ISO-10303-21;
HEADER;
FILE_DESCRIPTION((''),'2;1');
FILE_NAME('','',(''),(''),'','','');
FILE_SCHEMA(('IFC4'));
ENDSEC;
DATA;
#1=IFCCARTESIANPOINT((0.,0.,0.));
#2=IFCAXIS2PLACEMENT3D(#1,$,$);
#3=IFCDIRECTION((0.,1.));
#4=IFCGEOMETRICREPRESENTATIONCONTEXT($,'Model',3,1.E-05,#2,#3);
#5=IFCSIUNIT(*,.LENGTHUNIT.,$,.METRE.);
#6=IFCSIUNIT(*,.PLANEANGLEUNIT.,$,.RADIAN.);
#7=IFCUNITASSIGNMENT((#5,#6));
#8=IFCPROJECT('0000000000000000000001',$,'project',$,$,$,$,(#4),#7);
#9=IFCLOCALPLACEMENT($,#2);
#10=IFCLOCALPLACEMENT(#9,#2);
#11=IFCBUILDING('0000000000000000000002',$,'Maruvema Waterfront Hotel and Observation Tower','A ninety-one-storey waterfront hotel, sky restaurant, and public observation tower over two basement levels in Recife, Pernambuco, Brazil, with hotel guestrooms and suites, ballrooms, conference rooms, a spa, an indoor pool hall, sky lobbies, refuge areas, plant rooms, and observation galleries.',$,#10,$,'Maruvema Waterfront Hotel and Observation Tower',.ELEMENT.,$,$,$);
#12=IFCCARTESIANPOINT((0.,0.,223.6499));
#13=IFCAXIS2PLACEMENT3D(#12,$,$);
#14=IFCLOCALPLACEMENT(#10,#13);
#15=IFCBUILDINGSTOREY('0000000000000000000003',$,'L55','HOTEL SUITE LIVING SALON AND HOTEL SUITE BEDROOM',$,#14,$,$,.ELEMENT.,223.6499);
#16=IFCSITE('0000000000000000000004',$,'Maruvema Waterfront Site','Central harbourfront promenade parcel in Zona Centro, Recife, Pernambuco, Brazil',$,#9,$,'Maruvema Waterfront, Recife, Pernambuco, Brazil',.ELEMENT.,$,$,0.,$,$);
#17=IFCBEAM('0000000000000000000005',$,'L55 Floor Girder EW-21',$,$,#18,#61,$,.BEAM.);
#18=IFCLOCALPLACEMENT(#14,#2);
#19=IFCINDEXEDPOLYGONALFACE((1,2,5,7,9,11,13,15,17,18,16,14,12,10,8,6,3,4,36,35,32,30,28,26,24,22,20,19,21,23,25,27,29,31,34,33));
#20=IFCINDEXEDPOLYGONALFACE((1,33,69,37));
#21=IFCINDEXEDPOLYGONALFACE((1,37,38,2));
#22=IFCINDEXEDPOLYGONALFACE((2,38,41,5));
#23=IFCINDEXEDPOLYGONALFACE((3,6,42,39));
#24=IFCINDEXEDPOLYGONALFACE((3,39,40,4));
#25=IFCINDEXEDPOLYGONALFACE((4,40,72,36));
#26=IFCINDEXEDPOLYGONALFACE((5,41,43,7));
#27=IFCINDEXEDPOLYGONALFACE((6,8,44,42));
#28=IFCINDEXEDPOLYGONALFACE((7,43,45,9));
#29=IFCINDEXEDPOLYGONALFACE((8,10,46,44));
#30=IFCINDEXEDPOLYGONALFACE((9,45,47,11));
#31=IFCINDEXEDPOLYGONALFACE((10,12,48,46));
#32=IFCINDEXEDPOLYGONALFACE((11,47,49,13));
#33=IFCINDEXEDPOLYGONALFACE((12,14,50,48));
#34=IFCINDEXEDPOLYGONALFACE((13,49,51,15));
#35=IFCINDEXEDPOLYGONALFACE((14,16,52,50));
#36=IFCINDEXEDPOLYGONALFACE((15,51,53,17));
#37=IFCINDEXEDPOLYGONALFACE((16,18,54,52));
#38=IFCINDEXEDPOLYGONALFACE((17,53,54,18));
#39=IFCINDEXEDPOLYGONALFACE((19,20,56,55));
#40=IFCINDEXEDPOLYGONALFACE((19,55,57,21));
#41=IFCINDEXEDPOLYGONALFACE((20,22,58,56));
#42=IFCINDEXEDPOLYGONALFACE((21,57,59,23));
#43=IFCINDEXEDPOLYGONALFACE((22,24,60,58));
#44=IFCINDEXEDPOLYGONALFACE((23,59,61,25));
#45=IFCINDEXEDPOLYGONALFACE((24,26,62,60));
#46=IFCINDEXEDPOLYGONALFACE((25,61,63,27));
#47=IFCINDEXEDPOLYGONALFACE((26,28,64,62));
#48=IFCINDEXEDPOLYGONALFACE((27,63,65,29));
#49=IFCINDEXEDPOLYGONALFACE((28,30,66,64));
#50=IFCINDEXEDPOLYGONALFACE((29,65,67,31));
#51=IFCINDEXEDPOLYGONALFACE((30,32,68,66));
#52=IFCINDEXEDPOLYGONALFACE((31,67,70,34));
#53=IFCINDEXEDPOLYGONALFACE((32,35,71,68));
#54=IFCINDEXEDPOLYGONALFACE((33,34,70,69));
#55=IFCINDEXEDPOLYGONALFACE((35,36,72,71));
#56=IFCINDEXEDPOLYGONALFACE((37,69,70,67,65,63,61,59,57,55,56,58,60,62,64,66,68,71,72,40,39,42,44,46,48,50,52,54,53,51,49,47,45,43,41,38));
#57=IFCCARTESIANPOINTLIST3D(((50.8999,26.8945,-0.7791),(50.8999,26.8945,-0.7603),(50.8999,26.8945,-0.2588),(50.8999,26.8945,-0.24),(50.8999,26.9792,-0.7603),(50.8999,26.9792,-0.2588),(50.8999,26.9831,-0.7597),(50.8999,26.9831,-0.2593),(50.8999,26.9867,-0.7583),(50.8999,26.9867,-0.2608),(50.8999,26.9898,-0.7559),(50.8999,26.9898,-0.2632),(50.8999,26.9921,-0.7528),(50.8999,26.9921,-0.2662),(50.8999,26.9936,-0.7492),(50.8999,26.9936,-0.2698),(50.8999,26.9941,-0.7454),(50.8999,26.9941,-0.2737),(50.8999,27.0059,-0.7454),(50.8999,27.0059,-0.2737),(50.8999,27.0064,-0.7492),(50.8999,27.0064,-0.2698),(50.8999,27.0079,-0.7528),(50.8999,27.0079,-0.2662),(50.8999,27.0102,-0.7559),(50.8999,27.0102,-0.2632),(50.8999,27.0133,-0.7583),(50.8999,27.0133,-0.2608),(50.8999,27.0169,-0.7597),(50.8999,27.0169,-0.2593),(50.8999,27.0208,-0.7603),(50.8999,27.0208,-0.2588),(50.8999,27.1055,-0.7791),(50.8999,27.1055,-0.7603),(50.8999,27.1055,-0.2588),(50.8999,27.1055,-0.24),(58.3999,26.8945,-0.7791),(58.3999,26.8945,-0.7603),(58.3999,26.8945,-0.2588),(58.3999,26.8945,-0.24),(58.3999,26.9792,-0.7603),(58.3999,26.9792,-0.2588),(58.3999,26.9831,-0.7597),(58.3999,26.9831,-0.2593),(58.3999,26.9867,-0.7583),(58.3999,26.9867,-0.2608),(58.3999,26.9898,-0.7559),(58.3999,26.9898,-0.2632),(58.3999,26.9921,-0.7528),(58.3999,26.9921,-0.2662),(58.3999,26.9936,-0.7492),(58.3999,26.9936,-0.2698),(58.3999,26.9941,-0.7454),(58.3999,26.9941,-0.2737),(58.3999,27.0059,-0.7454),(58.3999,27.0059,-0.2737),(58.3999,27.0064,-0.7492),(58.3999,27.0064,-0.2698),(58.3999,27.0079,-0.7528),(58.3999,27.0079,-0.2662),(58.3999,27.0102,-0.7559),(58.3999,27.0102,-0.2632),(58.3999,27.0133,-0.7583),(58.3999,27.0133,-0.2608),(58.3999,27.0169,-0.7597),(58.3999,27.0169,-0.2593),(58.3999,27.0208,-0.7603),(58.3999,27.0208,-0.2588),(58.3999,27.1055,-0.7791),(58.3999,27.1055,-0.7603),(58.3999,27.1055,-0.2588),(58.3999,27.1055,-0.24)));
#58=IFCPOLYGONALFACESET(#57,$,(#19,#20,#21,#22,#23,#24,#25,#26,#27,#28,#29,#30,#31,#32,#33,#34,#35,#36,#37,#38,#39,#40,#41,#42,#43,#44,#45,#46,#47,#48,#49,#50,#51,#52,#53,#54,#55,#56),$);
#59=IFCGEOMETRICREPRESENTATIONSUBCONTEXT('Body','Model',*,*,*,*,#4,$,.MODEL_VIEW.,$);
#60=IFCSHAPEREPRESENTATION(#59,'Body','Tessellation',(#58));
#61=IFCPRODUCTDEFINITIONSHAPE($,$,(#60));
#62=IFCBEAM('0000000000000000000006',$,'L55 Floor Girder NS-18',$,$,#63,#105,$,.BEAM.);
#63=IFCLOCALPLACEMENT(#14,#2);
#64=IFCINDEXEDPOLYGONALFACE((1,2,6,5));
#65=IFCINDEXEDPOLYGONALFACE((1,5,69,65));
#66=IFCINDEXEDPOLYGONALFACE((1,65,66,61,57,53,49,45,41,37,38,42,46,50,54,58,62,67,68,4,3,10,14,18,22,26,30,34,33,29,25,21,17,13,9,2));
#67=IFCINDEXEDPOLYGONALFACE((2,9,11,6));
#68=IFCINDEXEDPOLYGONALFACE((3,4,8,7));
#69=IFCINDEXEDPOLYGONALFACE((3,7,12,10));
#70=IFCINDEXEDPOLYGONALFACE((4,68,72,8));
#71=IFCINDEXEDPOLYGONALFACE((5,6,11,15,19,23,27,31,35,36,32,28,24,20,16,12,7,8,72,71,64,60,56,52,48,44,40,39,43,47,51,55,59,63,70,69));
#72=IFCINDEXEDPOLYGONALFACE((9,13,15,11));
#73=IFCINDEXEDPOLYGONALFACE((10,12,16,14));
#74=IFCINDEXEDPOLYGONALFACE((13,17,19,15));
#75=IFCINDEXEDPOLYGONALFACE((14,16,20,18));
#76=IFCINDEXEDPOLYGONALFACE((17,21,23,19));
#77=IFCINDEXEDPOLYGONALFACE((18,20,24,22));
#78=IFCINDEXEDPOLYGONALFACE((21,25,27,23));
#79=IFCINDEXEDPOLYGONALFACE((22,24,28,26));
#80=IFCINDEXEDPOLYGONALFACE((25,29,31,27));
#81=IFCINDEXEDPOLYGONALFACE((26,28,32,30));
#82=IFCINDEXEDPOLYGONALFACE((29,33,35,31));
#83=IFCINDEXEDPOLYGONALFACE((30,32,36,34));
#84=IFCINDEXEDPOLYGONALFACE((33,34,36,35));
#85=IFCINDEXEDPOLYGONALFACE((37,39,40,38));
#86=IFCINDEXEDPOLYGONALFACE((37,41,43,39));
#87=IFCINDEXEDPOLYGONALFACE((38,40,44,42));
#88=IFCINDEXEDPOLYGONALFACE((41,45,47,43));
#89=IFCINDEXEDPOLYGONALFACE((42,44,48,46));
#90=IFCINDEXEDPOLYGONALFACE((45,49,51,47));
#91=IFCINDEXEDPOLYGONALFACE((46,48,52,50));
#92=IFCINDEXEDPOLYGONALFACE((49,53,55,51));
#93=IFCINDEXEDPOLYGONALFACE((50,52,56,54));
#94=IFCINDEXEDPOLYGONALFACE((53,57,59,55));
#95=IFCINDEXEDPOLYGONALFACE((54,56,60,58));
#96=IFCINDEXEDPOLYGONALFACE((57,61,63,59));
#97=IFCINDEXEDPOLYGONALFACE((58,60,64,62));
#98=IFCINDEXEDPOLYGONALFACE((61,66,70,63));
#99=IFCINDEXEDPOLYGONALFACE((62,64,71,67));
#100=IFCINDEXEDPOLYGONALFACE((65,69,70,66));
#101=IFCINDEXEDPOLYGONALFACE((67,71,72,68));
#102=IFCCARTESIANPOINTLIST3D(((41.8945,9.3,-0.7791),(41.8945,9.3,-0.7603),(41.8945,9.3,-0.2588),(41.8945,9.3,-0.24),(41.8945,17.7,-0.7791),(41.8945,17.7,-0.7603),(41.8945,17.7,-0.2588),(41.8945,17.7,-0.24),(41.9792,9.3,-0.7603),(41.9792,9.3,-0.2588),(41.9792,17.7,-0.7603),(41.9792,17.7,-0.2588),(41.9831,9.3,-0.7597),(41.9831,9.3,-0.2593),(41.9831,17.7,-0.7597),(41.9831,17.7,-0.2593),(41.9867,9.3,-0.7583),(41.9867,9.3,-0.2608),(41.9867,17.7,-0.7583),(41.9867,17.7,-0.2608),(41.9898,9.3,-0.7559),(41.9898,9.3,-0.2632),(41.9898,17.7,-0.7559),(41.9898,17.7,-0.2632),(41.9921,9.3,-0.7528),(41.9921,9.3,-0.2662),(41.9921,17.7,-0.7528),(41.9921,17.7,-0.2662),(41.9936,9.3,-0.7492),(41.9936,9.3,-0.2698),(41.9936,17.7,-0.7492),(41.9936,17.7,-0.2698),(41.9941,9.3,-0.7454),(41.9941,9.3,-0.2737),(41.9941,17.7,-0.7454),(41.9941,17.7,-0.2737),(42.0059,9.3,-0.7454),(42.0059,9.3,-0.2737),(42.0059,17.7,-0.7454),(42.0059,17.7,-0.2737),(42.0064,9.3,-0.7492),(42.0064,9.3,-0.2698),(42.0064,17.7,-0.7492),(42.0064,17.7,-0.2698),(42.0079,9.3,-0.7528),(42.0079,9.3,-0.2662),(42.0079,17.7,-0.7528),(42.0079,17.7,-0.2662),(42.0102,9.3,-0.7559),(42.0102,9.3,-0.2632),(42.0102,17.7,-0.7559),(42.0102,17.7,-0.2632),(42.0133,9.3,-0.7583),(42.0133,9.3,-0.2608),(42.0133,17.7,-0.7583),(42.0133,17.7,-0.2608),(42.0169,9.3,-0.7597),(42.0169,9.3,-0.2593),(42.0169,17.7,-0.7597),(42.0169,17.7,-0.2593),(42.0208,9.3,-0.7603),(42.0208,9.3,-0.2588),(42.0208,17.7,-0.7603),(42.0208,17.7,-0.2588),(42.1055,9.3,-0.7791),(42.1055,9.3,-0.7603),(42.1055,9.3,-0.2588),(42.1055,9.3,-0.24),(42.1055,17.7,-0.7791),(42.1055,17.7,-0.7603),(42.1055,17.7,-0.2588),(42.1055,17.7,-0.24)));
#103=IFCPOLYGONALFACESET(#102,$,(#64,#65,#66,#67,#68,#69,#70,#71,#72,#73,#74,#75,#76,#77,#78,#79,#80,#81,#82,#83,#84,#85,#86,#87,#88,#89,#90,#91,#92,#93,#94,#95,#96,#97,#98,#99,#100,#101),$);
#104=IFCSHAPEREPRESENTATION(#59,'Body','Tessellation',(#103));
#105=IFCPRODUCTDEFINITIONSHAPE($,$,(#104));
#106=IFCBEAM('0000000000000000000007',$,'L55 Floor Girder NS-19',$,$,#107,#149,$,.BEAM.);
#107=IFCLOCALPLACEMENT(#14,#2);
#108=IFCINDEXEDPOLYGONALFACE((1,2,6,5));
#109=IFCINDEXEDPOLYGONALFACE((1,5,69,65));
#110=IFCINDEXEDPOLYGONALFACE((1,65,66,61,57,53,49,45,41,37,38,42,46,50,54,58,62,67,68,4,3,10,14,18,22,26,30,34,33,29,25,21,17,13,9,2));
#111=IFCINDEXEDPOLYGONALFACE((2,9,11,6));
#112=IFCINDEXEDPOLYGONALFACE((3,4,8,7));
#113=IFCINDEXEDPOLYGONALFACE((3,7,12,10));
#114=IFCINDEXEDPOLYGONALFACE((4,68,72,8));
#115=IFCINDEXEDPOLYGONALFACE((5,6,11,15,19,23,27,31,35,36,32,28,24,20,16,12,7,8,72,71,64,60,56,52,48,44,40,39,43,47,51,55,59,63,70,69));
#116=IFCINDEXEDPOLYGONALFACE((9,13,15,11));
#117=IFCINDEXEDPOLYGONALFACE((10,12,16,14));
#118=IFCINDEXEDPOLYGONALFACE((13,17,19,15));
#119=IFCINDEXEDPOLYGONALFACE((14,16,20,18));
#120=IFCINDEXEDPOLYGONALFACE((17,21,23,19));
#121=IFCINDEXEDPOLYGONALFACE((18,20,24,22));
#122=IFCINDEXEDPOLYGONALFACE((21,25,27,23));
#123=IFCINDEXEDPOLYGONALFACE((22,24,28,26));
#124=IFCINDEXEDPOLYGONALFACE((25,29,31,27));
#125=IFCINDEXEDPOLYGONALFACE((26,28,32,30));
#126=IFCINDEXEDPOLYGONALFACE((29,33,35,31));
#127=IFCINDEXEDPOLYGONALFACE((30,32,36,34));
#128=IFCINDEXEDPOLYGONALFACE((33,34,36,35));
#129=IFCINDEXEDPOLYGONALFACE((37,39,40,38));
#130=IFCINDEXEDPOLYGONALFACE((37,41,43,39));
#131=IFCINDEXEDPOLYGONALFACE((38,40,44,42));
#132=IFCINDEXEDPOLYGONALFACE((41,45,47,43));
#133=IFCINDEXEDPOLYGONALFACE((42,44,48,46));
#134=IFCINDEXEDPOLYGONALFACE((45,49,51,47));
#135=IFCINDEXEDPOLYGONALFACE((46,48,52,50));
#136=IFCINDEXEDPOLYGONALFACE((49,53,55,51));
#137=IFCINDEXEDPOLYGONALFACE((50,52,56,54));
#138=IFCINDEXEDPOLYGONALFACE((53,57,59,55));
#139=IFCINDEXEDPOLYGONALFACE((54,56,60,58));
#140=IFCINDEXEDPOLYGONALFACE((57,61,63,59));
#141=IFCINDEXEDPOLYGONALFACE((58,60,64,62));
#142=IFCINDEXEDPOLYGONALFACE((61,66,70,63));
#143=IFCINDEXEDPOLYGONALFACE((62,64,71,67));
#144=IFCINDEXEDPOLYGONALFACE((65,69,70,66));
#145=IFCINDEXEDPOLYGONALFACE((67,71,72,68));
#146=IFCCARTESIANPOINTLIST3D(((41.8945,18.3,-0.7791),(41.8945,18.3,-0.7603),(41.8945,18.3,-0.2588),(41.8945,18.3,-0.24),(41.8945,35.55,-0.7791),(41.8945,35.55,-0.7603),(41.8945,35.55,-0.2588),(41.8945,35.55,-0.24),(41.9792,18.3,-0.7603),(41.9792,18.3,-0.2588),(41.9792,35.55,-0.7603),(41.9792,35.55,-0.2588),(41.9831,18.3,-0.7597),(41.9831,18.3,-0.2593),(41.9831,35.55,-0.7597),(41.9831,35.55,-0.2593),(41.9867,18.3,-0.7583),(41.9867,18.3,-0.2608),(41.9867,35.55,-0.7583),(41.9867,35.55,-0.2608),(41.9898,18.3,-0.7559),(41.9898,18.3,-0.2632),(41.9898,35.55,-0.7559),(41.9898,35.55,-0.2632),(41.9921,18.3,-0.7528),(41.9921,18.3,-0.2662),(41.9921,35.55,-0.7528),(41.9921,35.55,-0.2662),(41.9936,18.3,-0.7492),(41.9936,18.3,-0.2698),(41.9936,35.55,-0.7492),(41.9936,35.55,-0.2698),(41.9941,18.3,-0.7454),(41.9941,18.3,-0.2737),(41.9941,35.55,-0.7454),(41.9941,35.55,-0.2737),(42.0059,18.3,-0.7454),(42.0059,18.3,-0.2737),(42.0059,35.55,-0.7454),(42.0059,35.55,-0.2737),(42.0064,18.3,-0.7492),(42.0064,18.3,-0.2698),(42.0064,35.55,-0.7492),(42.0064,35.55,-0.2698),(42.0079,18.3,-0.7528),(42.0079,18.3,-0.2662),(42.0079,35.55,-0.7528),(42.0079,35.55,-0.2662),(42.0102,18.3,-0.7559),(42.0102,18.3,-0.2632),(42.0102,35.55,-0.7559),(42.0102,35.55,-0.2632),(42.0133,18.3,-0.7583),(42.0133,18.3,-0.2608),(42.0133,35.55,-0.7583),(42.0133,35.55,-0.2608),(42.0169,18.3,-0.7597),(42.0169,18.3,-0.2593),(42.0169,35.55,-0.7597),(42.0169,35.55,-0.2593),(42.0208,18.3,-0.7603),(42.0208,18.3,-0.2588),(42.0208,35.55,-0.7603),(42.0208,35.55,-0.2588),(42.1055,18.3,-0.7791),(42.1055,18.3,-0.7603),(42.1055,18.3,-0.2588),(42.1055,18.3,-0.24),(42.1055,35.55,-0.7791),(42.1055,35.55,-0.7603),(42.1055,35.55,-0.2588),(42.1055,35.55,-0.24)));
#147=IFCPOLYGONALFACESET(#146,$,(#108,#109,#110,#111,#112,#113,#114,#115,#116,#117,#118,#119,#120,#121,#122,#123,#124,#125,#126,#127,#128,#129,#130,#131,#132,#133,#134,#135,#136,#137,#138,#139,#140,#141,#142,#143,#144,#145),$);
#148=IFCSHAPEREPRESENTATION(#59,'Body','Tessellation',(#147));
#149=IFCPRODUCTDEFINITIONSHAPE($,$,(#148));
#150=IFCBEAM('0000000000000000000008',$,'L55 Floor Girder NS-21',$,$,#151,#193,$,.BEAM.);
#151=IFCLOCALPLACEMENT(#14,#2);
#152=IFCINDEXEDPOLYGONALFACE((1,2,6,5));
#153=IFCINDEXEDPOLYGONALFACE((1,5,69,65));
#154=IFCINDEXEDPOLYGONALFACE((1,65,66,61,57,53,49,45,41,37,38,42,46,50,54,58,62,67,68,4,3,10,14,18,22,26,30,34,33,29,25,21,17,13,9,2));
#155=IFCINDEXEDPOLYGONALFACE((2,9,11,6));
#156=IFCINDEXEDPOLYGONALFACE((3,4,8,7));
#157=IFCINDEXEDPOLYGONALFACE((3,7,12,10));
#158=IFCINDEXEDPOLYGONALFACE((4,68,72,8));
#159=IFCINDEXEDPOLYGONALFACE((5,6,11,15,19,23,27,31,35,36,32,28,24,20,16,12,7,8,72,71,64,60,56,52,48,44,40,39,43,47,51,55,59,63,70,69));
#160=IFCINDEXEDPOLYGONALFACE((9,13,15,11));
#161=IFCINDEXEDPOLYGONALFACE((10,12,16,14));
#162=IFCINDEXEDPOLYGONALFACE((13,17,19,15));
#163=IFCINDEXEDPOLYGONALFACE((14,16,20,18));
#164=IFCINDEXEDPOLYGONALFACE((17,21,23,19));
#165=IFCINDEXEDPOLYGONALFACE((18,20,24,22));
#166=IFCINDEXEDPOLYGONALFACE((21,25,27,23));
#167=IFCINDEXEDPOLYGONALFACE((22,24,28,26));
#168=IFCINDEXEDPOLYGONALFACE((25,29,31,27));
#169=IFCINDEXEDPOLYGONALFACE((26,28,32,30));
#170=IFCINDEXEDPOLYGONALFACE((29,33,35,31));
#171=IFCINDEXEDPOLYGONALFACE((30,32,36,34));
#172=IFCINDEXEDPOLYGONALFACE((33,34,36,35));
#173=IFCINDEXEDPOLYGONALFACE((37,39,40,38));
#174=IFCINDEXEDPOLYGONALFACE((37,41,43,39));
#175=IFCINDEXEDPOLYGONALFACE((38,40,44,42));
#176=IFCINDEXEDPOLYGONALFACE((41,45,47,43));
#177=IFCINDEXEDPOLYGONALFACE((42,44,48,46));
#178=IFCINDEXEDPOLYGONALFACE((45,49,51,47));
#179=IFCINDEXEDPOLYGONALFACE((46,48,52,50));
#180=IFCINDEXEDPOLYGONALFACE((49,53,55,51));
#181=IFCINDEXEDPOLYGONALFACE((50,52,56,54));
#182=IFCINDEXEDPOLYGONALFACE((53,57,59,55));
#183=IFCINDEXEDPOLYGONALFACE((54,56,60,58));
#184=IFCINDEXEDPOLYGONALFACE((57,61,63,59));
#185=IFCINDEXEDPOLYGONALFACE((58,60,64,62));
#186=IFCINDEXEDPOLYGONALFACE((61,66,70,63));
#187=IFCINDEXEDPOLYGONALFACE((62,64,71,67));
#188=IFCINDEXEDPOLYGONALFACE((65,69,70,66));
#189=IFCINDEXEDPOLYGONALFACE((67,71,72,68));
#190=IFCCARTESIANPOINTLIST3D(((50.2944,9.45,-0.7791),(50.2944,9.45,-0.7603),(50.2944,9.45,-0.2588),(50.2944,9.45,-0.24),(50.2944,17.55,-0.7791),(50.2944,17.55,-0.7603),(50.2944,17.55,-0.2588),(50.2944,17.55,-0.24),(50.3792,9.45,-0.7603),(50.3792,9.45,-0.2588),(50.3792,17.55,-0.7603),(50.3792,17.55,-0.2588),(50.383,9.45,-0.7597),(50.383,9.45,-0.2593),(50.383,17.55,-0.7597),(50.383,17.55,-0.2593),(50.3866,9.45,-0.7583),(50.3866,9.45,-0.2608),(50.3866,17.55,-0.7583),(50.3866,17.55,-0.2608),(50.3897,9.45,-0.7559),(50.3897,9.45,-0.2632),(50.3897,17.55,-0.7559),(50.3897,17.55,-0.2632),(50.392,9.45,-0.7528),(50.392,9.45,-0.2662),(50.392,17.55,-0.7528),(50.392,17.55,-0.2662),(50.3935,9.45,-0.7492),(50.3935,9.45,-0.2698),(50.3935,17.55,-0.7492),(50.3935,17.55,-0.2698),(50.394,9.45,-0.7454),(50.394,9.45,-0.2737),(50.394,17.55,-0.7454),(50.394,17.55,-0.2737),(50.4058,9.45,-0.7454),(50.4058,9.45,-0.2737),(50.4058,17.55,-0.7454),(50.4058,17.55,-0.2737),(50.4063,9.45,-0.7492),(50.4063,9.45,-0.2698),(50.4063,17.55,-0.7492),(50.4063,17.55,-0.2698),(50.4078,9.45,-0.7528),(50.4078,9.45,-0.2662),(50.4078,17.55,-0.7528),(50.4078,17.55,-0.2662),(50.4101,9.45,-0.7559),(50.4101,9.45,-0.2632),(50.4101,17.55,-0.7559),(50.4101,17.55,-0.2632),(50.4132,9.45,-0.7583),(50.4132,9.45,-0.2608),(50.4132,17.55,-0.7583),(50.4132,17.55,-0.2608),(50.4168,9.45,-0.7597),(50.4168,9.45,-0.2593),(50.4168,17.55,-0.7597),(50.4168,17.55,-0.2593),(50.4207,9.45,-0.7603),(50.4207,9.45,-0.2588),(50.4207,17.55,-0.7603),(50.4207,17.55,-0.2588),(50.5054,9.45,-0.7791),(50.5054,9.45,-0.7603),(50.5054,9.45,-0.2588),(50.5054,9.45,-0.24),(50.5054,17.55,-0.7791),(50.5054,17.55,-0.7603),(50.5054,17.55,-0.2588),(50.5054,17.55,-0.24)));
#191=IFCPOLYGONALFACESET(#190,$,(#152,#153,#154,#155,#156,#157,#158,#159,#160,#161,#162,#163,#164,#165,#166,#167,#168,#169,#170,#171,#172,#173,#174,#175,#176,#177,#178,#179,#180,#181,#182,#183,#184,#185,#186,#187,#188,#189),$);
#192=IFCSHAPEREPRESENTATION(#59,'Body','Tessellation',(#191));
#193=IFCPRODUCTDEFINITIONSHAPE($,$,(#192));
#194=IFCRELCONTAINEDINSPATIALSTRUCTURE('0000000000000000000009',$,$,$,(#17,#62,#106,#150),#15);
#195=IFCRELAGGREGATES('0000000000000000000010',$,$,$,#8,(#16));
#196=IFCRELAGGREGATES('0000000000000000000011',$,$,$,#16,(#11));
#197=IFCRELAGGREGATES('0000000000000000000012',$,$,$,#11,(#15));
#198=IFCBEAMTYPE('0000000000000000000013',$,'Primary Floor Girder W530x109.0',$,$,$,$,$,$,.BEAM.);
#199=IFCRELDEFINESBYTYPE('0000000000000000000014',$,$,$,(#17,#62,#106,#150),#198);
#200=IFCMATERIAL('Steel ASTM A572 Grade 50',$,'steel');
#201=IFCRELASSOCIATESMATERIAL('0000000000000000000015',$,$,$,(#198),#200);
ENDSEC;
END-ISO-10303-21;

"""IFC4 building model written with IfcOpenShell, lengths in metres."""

from ifc_helpers import new_model, si_unit, direction, frame, origin, origin_2d, place, context, subcontext, project, spatial, i_section, extrude, material, material_profile, profile_set, type_object, element, save


model = new_model("IFC4")

# Units and contexts
model_context = context("Model", 3, precision=1e-05, world=origin(), true_north=direction((0.0, 1.0)))
body_context = subcontext(model_context, "Body", "Model", "MODEL_VIEW")
ifc_project = project(units=[si_unit("LENGTHUNIT", "METRE"), si_unit("PLANEANGLEUNIT", "RADIAN")], contexts=[model_context])

# Site, building, storey
site_placement = place(None, origin())
site = spatial("IfcSite", under=ifc_project, at=site_placement, Name="Maruvema Waterfront Site", Description="Central harbourfront promenade parcel in Zona Centro, Recife, Pernambuco, Brazil", LongName="Maruvema Waterfront, Recife, Pernambuco, Brazil", CompositionType="ELEMENT", RefElevation=0.0)
building_placement = place(site_placement, origin())
building = spatial("IfcBuilding", under=site, at=building_placement, Name="Maruvema Waterfront Hotel and Observation Tower", Description="A ninety-one-storey waterfront hotel, sky restaurant, and public observation tower over two basement levels in Recife, Pernambuco, Brazil, with hotel guestrooms and suites, ballrooms, conference rooms, a spa, an indoor pool hall, sky lobbies, refuge areas, plant rooms, and observation galleries.", LongName="Maruvema Waterfront Hotel and Observation Tower", CompositionType="ELEMENT")
storey_placement = place(building_placement, frame((0.0, 0.0, 223.6499)))
storey = spatial("IfcBuildingStorey", under=building, at=storey_placement, Name="L55", Description="HOTEL SUITE LIVING SALON AND HOTEL SUITE BEDROOM", CompositionType="ELEMENT", Elevation=223.6499)

# Beams
ifc_material_1 = material(Name="Steel ASTM A572 Grade 50", Category="steel")
ifc_material_profile_1 = material_profile(ifc_material_1, i_section(OverallWidth=0.2109, OverallDepth=0.5391, WebThickness=0.0117, FlangeThickness=0.0188, FilletRadius=0.0149, at=origin_2d()), Name="W530x109.0")
ifc_profile_set_1 = profile_set([ifc_material_profile_1], Name="Steel ASTM A572 Grade 50")
beam_type_1 = type_object("IfcBeamType", Name="Primary Floor Girder W530x109.0", PredefinedType="BEAM", material=ifc_profile_set_1)
beam_1_placement = place(storey_placement, frame((50.8999, 27.0, -0.5095), z_axis=(1.0, 0.0, 0.0), x_axis=(0.0, 1.0, 0.0)))
element("IfcBeam", 1, at=beam_1_placement, inside=storey, type_object=beam_type_1, Name="L55 Floor Girder EW-21", PredefinedType="BEAM", context=body_context, shape_type="SweptSolid", body=[
    extrude(i_section(OverallWidth=0.2109, OverallDepth=0.5391, WebThickness=0.0117, FlangeThickness=0.0188, FilletRadius=0.0149, at=origin_2d()), origin(), (0.0, 0.0, 1.0), 7.5),
])
beam_2_placement = place(storey_placement, frame((42.0, 9.3, -0.5095), z_axis=(0.0, 1.0, 0.0), x_axis=(-1.0, 0.0, 0.0)))
element("IfcBeam", 2, at=beam_2_placement, inside=storey, type_object=beam_type_1, Name="L55 Floor Girder NS-18", PredefinedType="BEAM", context=body_context, shape_type="SweptSolid", body=[
    extrude(i_section(OverallWidth=0.2109, OverallDepth=0.5391, WebThickness=0.0117, FlangeThickness=0.0188, FilletRadius=0.0149, at=origin_2d()), origin(), (0.0, 0.0, 1.0), 8.3999),
])
beam_3_placement = place(storey_placement, frame((42.0, 18.3, -0.5095), z_axis=(0.0, 1.0, 0.0), x_axis=(-1.0, 0.0, 0.0)))
element("IfcBeam", 3, at=beam_3_placement, inside=storey, type_object=beam_type_1, Name="L55 Floor Girder NS-19", PredefinedType="BEAM", context=body_context, shape_type="SweptSolid", body=[
    extrude(i_section(OverallWidth=0.2109, OverallDepth=0.5391, WebThickness=0.0117, FlangeThickness=0.0188, FilletRadius=0.0149, at=origin_2d()), origin(), (0.0, 0.0, 1.0), 17.25),
])
beam_4_placement = place(storey_placement, frame((50.3999, 9.45, -0.5095), z_axis=(0.0, 1.0, 0.0), x_axis=(-1.0, 0.0, 0.0)))
element("IfcBeam", 4, at=beam_4_placement, inside=storey, type_object=beam_type_1, Name="L55 Floor Girder NS-21", PredefinedType="BEAM", context=body_context, shape_type="SweptSolid", body=[
    extrude(i_section(OverallWidth=0.2109, OverallDepth=0.5391, WebThickness=0.0117, FlangeThickness=0.0188, FilletRadius=0.0149, at=origin_2d()), origin(), (0.0, 0.0, 1.0), 8.1001),
])

save(model, "model.ifc")
